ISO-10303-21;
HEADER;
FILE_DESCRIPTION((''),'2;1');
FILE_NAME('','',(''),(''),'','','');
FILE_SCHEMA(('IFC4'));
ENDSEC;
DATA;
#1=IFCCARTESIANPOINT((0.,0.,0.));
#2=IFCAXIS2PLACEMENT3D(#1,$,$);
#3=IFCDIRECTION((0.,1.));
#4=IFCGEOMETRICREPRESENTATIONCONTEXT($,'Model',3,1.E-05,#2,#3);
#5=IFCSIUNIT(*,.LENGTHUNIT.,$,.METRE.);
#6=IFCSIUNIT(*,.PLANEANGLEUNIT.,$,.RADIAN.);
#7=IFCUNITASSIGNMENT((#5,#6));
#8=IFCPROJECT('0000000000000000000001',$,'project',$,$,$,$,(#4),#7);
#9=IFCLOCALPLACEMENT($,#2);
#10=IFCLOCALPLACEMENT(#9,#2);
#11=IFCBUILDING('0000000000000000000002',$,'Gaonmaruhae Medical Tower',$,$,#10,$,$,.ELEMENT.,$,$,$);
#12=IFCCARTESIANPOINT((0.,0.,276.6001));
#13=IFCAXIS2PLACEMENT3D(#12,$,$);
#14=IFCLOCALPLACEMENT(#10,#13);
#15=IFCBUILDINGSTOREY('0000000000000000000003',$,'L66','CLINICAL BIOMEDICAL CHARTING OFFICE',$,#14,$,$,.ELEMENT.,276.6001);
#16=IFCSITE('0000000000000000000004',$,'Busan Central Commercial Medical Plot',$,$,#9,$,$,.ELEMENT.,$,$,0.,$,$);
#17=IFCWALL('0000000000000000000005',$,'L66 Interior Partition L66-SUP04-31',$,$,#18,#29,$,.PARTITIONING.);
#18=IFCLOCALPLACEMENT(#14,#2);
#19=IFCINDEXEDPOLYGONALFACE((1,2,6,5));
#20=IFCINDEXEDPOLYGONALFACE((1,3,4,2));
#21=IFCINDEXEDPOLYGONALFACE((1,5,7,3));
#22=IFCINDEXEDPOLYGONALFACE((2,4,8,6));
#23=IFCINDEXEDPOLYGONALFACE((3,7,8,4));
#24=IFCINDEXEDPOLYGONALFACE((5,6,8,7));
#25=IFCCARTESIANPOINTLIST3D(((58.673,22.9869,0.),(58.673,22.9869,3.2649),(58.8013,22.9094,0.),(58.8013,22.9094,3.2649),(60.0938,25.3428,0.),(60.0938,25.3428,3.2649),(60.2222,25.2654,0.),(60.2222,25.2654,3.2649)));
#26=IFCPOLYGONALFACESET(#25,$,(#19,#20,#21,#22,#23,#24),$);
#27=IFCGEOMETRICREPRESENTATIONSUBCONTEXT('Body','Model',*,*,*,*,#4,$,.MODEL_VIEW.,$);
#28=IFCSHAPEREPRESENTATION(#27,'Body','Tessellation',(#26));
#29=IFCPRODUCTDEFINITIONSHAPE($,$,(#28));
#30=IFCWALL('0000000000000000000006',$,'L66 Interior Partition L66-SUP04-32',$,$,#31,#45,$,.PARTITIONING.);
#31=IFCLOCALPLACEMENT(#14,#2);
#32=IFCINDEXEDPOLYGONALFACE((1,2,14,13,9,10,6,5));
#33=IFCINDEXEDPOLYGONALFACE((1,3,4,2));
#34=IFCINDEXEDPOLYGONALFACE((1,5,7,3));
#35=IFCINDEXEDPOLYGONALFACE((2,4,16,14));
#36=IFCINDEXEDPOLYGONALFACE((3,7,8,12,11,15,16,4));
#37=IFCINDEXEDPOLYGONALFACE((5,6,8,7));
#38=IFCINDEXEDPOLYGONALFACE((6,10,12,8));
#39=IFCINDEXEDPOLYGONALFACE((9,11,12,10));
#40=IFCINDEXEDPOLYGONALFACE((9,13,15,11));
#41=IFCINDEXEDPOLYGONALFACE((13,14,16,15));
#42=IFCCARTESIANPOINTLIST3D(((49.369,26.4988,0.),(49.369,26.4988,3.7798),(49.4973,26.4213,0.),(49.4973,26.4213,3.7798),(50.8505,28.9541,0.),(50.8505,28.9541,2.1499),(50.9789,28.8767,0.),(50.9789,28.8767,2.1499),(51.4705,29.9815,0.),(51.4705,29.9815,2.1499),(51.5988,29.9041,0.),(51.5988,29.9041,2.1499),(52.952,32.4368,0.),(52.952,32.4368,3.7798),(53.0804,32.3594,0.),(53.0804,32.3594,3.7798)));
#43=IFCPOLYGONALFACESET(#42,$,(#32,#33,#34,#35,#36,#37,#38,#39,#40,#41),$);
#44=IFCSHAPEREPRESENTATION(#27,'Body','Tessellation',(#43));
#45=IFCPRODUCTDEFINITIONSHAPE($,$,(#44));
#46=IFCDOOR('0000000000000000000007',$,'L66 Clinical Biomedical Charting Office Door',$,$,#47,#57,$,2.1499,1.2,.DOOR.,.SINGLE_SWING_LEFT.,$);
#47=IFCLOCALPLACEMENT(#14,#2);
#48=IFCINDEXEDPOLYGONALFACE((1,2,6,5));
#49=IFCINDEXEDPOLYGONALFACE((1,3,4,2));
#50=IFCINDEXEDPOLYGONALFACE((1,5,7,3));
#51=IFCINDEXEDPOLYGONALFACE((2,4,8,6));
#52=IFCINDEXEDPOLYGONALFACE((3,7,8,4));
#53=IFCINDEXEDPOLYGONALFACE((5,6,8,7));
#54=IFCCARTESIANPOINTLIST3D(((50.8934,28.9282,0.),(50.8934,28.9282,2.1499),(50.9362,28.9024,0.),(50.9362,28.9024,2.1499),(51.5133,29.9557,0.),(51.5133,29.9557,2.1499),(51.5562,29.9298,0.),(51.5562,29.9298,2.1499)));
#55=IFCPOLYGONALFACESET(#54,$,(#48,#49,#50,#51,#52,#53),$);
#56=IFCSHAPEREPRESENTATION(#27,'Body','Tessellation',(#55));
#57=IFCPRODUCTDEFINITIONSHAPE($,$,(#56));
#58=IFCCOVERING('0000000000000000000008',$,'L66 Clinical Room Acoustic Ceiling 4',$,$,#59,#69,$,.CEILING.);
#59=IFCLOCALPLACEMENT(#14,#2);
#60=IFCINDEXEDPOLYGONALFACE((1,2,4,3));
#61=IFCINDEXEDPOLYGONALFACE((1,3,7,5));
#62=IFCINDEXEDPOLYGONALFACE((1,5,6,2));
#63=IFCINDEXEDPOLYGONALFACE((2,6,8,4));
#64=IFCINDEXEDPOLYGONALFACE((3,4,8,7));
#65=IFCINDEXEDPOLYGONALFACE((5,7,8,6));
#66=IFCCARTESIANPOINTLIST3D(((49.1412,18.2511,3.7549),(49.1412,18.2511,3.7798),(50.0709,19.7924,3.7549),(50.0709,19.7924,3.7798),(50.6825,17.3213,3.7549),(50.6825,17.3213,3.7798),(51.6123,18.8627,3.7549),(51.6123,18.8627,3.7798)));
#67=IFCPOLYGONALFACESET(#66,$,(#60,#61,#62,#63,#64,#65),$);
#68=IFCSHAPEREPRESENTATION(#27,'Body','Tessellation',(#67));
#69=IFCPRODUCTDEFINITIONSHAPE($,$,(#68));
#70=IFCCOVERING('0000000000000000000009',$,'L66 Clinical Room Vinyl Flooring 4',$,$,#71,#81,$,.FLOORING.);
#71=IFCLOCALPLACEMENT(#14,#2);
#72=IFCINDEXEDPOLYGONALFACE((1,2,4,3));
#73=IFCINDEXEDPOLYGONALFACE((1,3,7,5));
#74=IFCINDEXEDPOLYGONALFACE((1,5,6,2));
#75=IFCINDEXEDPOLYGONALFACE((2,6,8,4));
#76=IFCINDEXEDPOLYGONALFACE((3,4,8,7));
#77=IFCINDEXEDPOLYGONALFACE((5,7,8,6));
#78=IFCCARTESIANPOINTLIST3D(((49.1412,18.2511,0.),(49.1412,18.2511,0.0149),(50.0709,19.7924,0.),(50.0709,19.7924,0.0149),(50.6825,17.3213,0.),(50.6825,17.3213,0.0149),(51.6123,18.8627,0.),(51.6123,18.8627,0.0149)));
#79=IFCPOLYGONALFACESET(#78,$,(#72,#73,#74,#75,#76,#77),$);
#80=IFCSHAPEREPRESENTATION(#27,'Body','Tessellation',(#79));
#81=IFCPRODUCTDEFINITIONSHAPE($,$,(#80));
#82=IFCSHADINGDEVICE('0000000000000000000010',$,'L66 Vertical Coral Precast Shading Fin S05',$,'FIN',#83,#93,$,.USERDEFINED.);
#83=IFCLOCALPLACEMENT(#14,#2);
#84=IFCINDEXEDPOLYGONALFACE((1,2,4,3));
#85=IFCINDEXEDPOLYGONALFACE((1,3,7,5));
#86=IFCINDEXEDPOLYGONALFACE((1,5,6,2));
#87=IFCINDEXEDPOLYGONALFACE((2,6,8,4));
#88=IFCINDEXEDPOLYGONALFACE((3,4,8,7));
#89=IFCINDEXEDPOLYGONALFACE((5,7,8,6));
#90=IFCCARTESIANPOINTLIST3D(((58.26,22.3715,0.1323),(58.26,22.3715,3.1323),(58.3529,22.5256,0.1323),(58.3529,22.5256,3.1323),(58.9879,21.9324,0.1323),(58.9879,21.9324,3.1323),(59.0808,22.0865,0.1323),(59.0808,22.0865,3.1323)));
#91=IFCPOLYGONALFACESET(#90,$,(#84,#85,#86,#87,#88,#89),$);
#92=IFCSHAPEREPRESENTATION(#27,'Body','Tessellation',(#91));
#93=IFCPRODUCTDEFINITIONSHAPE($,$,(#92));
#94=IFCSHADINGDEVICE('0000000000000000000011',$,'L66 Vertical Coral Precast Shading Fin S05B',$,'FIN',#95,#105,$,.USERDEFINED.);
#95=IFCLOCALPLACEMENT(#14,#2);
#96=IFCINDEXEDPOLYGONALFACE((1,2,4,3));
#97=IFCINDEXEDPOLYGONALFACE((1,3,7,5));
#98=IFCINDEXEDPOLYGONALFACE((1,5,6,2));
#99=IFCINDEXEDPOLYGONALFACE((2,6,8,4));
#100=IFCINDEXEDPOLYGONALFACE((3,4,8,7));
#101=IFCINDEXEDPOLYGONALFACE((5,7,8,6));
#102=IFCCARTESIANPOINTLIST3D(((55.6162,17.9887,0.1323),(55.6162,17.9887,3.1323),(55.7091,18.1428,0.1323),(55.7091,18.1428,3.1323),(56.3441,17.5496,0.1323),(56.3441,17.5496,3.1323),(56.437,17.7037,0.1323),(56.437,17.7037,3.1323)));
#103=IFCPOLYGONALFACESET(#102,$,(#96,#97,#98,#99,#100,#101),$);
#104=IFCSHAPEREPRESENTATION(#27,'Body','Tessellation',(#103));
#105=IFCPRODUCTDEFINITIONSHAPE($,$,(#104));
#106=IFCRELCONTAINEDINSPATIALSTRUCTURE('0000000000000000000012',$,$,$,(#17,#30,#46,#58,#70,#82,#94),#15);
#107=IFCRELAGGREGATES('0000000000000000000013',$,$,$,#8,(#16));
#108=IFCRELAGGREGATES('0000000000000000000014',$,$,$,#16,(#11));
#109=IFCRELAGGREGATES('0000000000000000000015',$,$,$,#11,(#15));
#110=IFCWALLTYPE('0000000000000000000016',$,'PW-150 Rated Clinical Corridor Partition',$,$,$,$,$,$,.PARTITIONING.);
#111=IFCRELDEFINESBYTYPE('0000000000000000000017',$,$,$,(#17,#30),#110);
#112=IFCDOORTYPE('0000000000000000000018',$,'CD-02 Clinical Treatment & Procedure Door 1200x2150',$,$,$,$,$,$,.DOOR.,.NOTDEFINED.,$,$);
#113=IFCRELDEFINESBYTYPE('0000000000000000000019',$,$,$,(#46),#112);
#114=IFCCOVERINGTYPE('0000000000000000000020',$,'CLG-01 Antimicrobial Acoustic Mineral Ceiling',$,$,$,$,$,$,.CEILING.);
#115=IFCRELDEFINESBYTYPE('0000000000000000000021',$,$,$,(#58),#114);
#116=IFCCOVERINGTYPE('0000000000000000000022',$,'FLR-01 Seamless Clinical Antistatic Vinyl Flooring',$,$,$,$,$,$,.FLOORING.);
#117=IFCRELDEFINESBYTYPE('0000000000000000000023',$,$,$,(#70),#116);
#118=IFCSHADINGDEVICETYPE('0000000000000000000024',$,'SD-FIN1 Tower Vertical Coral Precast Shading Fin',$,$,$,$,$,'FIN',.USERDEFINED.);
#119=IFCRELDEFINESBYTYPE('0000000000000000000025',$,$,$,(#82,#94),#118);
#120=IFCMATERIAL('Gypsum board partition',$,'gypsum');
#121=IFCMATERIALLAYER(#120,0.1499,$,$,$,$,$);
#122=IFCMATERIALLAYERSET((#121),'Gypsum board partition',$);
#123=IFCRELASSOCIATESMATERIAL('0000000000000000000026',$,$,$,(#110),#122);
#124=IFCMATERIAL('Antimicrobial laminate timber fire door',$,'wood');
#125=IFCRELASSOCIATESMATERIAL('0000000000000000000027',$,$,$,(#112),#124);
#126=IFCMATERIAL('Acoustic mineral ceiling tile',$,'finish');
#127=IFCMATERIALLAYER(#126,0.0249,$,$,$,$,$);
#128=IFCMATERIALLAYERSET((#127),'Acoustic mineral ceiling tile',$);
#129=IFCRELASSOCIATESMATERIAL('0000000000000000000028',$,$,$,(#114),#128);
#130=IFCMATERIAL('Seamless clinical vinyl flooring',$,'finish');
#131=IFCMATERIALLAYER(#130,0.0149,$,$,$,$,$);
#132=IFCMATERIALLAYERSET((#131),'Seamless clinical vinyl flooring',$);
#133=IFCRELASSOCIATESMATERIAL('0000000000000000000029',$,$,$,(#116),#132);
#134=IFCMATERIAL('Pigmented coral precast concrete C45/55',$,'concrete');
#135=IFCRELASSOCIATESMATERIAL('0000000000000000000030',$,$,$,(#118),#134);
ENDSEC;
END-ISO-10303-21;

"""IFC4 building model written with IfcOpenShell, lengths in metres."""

from ifc_helpers import new_model, si_unit, direction, frame, frame_2d, origin, origin_2d, place, context, subcontext, project, spatial, rectangle, extrude, material, layer, layer_set, type_object, element, fill, save


model = new_model("IFC4")

# Units and contexts
model_context = context("Model", 3, precision=1e-05, world=origin(), true_north=direction((0.0, 1.0)))
body_context = subcontext(model_context, "Body", "Model", "MODEL_VIEW")
ifc_project = project(units=[si_unit("LENGTHUNIT", "METRE"), si_unit("PLANEANGLEUNIT", "RADIAN")], contexts=[model_context])

# Site, building, storey
site_placement = place(None, origin())
site = spatial("IfcSite", under=ifc_project, at=site_placement, Name="Busan Central Commercial Medical Plot", CompositionType="ELEMENT", RefElevation=0.0)
building_placement = place(site_placement, origin())
building = spatial("IfcBuilding", under=site, at=building_placement, Name="Gaonmaruhae Medical Tower", CompositionType="ELEMENT")
storey_placement = place(building_placement, frame((0.0, 0.0, 276.6001)))
storey = spatial("IfcBuildingStorey", under=building, at=storey_placement, Name="L66", Description="CLINICAL BIOMEDICAL CHARTING OFFICE", CompositionType="ELEMENT", Elevation=276.6001)

# Wall
ifc_material_1 = material(Name="Gypsum board partition", Category="gypsum")
ifc_layer_1 = layer(ifc_material_1, 0.1499)
ifc_layer_set_1 = layer_set([ifc_layer_1], Name="Gypsum board partition")
wall_type_1 = type_object("IfcWallType", Name="PW-150 Rated Clinical Corridor Partition", PredefinedType="PARTITIONING", material=ifc_layer_set_1)
wall_1_placement = place(storey_placement, frame((60.158, 25.304, 0.0), z_axis=(0.0, 0.0, 1.0), x_axis=(-0.516452, -0.856316, 0.0)))
element("IfcWall", 1, at=wall_1_placement, inside=storey, type_object=wall_type_1, Name="L66 Interior Partition L66-SUP04-31", PredefinedType="PARTITIONING", context=body_context, shape_type="SweptSolid", body=[
    extrude(rectangle(XDim=2.7512, YDim=0.1499, at=frame_2d((1.3755, 0.0))), origin(), (0.0, 0.0, 1.0), 3.2649),
])

# Wall, opening, door
wall_2_placement = place(storey_placement, frame((49.4331, 26.46, 0.0), z_axis=(0.0, 0.0, 1.0), x_axis=(0.516637, 0.856204, 0.0)))
wall_2 = element("IfcWall", 2, at=wall_2_placement, inside=storey, type_object=wall_type_1, Name="L66 Interior Partition L66-SUP04-32", PredefinedType="PARTITIONING", context=body_context, shape_type="SweptSolid", body=[
    extrude(rectangle(XDim=6.9353, YDim=0.1499, at=frame_2d((3.4678, 0.0))), origin(), (0.0, 0.0, 1.0), 3.7798),
])
opening_1_placement = place(wall_2_placement, frame((2.8677, 0.0, 0.0)))
opening_1 = element("IfcOpeningElement", 3, at=opening_1_placement, cuts=wall_2, PredefinedType="OPENING", context=body_context, shape_type="SweptSolid", body=[
    extrude(rectangle(XDim=1.2, YDim=2.1499, at=frame_2d((0.6001, 1.075))), frame((0.0, 0.085, 0.0), z_axis=(0.0, -1.0, 0.0), x_axis=(1.0, 0.0, 0.0)), (0.0, 0.0, 1.0), 0.1699),
])
ifc_material_2 = material(Name="Antimicrobial laminate timber fire door", Category="wood")
door_type = type_object("IfcDoorType", Name="CD-02 Clinical Treatment & Procedure Door 1200x2150", OperationType="NOTDEFINED", PredefinedType="DOOR", material=ifc_material_2)
door_placement = place(opening_1_placement, origin())
door = element("IfcDoor", 4, at=door_placement, inside=storey, type_object=door_type, Name="L66 Clinical Biomedical Charting Office Door", OperationType="SINGLE_SWING_LEFT", OverallHeight=2.1499, OverallWidth=1.2, PredefinedType="DOOR", context=body_context, shape_type="SweptSolid", body=[
    extrude(rectangle(XDim=1.2, YDim=2.1499, at=frame_2d((0.6001, 1.075))), frame((0.0, 0.0249, 0.0), z_axis=(0.0, -1.0, 0.0), x_axis=(1.0, 0.0, 0.0)), (0.0, 0.0, 1.0), 0.05),
])
fill(opening_1, door)

# Coverings
ifc_material_3 = material(Name="Acoustic mineral ceiling tile", Category="finish")
ifc_layer_2 = layer(ifc_material_3, 0.0249)
ifc_layer_set_2 = layer_set([ifc_layer_2], Name="Acoustic mineral ceiling tile")
covering_type_1 = type_object("IfcCoveringType", Name="CLG-01 Antimicrobial Acoustic Mineral Ceiling", PredefinedType="CEILING", material=ifc_layer_set_2)
covering_1_placement = place(storey_placement, frame((50.3767, 18.5569, 3.7549), z_axis=(0.0, 0.0, 1.0), x_axis=(0.516533, 0.856267, 0.0)))
element("IfcCovering", 5, at=covering_1_placement, inside=storey, type_object=covering_type_1, Name="L66 Clinical Room Acoustic Ceiling 4", PredefinedType="CEILING", context=body_context, shape_type="SweptSolid", body=[
    extrude(rectangle(XDim=1.8, YDim=1.8, at=origin_2d()), origin(), (0.0, 0.0, 1.0), 0.0249),
])
ifc_material_4 = material(Name="Seamless clinical vinyl flooring", Category="finish")
ifc_layer_3 = layer(ifc_material_4, 0.0149)
ifc_layer_set_3 = layer_set([ifc_layer_3], Name="Seamless clinical vinyl flooring")
covering_type_2 = type_object("IfcCoveringType", Name="FLR-01 Seamless Clinical Antistatic Vinyl Flooring", PredefinedType="FLOORING", material=ifc_layer_set_3)
covering_2_placement = place(storey_placement, frame((50.3767, 18.5569, 0.0), z_axis=(0.0, 0.0, 1.0), x_axis=(0.516533, 0.856267, 0.0)))
element("IfcCovering", 6, at=covering_2_placement, inside=storey, type_object=covering_type_2, Name="L66 Clinical Room Vinyl Flooring 4", PredefinedType="FLOORING", context=body_context, shape_type="SweptSolid", body=[
    extrude(rectangle(XDim=1.8, YDim=1.8, at=origin_2d()), origin(), (0.0, 0.0, 1.0), 0.0149),
])

# Shading devices
ifc_material_5 = material(Name="Pigmented coral precast concrete C45/55", Category="concrete")
shading_device_type = type_object("IfcShadingDeviceType", Name="SD-FIN1 Tower Vertical Coral Precast Shading Fin", ElementType="FIN", PredefinedType="USERDEFINED", material=ifc_material_5)
for number, where, z_axis, x_axis, name in (
    (7, (58.6704, 22.229, 0.1323), (0.0, 0.0, 1.0), (-0.516533, -0.856267, 0.0), "L66 Vertical Coral Precast Shading Fin S05"),
    (8, (56.0266, 17.8462, 0.1323), (0.0, 0.0, 1.0), (-0.516533, -0.856267, 0.0), "L66 Vertical Coral Precast Shading Fin S05B"),
):
    element("IfcShadingDevice", number, at=place(storey_placement, frame(where, z_axis=z_axis, x_axis=x_axis)), inside=storey, type_object=shading_device_type, Name=name, ObjectType="FIN", PredefinedType="USERDEFINED", context=body_context, shape_type="SweptSolid", body=[
        extrude(rectangle(XDim=0.1799, YDim=0.8501, at=origin_2d()), origin(), (0.0, 0.0, 1.0), 3.0),
    ])

save(model, "model.ifc")
